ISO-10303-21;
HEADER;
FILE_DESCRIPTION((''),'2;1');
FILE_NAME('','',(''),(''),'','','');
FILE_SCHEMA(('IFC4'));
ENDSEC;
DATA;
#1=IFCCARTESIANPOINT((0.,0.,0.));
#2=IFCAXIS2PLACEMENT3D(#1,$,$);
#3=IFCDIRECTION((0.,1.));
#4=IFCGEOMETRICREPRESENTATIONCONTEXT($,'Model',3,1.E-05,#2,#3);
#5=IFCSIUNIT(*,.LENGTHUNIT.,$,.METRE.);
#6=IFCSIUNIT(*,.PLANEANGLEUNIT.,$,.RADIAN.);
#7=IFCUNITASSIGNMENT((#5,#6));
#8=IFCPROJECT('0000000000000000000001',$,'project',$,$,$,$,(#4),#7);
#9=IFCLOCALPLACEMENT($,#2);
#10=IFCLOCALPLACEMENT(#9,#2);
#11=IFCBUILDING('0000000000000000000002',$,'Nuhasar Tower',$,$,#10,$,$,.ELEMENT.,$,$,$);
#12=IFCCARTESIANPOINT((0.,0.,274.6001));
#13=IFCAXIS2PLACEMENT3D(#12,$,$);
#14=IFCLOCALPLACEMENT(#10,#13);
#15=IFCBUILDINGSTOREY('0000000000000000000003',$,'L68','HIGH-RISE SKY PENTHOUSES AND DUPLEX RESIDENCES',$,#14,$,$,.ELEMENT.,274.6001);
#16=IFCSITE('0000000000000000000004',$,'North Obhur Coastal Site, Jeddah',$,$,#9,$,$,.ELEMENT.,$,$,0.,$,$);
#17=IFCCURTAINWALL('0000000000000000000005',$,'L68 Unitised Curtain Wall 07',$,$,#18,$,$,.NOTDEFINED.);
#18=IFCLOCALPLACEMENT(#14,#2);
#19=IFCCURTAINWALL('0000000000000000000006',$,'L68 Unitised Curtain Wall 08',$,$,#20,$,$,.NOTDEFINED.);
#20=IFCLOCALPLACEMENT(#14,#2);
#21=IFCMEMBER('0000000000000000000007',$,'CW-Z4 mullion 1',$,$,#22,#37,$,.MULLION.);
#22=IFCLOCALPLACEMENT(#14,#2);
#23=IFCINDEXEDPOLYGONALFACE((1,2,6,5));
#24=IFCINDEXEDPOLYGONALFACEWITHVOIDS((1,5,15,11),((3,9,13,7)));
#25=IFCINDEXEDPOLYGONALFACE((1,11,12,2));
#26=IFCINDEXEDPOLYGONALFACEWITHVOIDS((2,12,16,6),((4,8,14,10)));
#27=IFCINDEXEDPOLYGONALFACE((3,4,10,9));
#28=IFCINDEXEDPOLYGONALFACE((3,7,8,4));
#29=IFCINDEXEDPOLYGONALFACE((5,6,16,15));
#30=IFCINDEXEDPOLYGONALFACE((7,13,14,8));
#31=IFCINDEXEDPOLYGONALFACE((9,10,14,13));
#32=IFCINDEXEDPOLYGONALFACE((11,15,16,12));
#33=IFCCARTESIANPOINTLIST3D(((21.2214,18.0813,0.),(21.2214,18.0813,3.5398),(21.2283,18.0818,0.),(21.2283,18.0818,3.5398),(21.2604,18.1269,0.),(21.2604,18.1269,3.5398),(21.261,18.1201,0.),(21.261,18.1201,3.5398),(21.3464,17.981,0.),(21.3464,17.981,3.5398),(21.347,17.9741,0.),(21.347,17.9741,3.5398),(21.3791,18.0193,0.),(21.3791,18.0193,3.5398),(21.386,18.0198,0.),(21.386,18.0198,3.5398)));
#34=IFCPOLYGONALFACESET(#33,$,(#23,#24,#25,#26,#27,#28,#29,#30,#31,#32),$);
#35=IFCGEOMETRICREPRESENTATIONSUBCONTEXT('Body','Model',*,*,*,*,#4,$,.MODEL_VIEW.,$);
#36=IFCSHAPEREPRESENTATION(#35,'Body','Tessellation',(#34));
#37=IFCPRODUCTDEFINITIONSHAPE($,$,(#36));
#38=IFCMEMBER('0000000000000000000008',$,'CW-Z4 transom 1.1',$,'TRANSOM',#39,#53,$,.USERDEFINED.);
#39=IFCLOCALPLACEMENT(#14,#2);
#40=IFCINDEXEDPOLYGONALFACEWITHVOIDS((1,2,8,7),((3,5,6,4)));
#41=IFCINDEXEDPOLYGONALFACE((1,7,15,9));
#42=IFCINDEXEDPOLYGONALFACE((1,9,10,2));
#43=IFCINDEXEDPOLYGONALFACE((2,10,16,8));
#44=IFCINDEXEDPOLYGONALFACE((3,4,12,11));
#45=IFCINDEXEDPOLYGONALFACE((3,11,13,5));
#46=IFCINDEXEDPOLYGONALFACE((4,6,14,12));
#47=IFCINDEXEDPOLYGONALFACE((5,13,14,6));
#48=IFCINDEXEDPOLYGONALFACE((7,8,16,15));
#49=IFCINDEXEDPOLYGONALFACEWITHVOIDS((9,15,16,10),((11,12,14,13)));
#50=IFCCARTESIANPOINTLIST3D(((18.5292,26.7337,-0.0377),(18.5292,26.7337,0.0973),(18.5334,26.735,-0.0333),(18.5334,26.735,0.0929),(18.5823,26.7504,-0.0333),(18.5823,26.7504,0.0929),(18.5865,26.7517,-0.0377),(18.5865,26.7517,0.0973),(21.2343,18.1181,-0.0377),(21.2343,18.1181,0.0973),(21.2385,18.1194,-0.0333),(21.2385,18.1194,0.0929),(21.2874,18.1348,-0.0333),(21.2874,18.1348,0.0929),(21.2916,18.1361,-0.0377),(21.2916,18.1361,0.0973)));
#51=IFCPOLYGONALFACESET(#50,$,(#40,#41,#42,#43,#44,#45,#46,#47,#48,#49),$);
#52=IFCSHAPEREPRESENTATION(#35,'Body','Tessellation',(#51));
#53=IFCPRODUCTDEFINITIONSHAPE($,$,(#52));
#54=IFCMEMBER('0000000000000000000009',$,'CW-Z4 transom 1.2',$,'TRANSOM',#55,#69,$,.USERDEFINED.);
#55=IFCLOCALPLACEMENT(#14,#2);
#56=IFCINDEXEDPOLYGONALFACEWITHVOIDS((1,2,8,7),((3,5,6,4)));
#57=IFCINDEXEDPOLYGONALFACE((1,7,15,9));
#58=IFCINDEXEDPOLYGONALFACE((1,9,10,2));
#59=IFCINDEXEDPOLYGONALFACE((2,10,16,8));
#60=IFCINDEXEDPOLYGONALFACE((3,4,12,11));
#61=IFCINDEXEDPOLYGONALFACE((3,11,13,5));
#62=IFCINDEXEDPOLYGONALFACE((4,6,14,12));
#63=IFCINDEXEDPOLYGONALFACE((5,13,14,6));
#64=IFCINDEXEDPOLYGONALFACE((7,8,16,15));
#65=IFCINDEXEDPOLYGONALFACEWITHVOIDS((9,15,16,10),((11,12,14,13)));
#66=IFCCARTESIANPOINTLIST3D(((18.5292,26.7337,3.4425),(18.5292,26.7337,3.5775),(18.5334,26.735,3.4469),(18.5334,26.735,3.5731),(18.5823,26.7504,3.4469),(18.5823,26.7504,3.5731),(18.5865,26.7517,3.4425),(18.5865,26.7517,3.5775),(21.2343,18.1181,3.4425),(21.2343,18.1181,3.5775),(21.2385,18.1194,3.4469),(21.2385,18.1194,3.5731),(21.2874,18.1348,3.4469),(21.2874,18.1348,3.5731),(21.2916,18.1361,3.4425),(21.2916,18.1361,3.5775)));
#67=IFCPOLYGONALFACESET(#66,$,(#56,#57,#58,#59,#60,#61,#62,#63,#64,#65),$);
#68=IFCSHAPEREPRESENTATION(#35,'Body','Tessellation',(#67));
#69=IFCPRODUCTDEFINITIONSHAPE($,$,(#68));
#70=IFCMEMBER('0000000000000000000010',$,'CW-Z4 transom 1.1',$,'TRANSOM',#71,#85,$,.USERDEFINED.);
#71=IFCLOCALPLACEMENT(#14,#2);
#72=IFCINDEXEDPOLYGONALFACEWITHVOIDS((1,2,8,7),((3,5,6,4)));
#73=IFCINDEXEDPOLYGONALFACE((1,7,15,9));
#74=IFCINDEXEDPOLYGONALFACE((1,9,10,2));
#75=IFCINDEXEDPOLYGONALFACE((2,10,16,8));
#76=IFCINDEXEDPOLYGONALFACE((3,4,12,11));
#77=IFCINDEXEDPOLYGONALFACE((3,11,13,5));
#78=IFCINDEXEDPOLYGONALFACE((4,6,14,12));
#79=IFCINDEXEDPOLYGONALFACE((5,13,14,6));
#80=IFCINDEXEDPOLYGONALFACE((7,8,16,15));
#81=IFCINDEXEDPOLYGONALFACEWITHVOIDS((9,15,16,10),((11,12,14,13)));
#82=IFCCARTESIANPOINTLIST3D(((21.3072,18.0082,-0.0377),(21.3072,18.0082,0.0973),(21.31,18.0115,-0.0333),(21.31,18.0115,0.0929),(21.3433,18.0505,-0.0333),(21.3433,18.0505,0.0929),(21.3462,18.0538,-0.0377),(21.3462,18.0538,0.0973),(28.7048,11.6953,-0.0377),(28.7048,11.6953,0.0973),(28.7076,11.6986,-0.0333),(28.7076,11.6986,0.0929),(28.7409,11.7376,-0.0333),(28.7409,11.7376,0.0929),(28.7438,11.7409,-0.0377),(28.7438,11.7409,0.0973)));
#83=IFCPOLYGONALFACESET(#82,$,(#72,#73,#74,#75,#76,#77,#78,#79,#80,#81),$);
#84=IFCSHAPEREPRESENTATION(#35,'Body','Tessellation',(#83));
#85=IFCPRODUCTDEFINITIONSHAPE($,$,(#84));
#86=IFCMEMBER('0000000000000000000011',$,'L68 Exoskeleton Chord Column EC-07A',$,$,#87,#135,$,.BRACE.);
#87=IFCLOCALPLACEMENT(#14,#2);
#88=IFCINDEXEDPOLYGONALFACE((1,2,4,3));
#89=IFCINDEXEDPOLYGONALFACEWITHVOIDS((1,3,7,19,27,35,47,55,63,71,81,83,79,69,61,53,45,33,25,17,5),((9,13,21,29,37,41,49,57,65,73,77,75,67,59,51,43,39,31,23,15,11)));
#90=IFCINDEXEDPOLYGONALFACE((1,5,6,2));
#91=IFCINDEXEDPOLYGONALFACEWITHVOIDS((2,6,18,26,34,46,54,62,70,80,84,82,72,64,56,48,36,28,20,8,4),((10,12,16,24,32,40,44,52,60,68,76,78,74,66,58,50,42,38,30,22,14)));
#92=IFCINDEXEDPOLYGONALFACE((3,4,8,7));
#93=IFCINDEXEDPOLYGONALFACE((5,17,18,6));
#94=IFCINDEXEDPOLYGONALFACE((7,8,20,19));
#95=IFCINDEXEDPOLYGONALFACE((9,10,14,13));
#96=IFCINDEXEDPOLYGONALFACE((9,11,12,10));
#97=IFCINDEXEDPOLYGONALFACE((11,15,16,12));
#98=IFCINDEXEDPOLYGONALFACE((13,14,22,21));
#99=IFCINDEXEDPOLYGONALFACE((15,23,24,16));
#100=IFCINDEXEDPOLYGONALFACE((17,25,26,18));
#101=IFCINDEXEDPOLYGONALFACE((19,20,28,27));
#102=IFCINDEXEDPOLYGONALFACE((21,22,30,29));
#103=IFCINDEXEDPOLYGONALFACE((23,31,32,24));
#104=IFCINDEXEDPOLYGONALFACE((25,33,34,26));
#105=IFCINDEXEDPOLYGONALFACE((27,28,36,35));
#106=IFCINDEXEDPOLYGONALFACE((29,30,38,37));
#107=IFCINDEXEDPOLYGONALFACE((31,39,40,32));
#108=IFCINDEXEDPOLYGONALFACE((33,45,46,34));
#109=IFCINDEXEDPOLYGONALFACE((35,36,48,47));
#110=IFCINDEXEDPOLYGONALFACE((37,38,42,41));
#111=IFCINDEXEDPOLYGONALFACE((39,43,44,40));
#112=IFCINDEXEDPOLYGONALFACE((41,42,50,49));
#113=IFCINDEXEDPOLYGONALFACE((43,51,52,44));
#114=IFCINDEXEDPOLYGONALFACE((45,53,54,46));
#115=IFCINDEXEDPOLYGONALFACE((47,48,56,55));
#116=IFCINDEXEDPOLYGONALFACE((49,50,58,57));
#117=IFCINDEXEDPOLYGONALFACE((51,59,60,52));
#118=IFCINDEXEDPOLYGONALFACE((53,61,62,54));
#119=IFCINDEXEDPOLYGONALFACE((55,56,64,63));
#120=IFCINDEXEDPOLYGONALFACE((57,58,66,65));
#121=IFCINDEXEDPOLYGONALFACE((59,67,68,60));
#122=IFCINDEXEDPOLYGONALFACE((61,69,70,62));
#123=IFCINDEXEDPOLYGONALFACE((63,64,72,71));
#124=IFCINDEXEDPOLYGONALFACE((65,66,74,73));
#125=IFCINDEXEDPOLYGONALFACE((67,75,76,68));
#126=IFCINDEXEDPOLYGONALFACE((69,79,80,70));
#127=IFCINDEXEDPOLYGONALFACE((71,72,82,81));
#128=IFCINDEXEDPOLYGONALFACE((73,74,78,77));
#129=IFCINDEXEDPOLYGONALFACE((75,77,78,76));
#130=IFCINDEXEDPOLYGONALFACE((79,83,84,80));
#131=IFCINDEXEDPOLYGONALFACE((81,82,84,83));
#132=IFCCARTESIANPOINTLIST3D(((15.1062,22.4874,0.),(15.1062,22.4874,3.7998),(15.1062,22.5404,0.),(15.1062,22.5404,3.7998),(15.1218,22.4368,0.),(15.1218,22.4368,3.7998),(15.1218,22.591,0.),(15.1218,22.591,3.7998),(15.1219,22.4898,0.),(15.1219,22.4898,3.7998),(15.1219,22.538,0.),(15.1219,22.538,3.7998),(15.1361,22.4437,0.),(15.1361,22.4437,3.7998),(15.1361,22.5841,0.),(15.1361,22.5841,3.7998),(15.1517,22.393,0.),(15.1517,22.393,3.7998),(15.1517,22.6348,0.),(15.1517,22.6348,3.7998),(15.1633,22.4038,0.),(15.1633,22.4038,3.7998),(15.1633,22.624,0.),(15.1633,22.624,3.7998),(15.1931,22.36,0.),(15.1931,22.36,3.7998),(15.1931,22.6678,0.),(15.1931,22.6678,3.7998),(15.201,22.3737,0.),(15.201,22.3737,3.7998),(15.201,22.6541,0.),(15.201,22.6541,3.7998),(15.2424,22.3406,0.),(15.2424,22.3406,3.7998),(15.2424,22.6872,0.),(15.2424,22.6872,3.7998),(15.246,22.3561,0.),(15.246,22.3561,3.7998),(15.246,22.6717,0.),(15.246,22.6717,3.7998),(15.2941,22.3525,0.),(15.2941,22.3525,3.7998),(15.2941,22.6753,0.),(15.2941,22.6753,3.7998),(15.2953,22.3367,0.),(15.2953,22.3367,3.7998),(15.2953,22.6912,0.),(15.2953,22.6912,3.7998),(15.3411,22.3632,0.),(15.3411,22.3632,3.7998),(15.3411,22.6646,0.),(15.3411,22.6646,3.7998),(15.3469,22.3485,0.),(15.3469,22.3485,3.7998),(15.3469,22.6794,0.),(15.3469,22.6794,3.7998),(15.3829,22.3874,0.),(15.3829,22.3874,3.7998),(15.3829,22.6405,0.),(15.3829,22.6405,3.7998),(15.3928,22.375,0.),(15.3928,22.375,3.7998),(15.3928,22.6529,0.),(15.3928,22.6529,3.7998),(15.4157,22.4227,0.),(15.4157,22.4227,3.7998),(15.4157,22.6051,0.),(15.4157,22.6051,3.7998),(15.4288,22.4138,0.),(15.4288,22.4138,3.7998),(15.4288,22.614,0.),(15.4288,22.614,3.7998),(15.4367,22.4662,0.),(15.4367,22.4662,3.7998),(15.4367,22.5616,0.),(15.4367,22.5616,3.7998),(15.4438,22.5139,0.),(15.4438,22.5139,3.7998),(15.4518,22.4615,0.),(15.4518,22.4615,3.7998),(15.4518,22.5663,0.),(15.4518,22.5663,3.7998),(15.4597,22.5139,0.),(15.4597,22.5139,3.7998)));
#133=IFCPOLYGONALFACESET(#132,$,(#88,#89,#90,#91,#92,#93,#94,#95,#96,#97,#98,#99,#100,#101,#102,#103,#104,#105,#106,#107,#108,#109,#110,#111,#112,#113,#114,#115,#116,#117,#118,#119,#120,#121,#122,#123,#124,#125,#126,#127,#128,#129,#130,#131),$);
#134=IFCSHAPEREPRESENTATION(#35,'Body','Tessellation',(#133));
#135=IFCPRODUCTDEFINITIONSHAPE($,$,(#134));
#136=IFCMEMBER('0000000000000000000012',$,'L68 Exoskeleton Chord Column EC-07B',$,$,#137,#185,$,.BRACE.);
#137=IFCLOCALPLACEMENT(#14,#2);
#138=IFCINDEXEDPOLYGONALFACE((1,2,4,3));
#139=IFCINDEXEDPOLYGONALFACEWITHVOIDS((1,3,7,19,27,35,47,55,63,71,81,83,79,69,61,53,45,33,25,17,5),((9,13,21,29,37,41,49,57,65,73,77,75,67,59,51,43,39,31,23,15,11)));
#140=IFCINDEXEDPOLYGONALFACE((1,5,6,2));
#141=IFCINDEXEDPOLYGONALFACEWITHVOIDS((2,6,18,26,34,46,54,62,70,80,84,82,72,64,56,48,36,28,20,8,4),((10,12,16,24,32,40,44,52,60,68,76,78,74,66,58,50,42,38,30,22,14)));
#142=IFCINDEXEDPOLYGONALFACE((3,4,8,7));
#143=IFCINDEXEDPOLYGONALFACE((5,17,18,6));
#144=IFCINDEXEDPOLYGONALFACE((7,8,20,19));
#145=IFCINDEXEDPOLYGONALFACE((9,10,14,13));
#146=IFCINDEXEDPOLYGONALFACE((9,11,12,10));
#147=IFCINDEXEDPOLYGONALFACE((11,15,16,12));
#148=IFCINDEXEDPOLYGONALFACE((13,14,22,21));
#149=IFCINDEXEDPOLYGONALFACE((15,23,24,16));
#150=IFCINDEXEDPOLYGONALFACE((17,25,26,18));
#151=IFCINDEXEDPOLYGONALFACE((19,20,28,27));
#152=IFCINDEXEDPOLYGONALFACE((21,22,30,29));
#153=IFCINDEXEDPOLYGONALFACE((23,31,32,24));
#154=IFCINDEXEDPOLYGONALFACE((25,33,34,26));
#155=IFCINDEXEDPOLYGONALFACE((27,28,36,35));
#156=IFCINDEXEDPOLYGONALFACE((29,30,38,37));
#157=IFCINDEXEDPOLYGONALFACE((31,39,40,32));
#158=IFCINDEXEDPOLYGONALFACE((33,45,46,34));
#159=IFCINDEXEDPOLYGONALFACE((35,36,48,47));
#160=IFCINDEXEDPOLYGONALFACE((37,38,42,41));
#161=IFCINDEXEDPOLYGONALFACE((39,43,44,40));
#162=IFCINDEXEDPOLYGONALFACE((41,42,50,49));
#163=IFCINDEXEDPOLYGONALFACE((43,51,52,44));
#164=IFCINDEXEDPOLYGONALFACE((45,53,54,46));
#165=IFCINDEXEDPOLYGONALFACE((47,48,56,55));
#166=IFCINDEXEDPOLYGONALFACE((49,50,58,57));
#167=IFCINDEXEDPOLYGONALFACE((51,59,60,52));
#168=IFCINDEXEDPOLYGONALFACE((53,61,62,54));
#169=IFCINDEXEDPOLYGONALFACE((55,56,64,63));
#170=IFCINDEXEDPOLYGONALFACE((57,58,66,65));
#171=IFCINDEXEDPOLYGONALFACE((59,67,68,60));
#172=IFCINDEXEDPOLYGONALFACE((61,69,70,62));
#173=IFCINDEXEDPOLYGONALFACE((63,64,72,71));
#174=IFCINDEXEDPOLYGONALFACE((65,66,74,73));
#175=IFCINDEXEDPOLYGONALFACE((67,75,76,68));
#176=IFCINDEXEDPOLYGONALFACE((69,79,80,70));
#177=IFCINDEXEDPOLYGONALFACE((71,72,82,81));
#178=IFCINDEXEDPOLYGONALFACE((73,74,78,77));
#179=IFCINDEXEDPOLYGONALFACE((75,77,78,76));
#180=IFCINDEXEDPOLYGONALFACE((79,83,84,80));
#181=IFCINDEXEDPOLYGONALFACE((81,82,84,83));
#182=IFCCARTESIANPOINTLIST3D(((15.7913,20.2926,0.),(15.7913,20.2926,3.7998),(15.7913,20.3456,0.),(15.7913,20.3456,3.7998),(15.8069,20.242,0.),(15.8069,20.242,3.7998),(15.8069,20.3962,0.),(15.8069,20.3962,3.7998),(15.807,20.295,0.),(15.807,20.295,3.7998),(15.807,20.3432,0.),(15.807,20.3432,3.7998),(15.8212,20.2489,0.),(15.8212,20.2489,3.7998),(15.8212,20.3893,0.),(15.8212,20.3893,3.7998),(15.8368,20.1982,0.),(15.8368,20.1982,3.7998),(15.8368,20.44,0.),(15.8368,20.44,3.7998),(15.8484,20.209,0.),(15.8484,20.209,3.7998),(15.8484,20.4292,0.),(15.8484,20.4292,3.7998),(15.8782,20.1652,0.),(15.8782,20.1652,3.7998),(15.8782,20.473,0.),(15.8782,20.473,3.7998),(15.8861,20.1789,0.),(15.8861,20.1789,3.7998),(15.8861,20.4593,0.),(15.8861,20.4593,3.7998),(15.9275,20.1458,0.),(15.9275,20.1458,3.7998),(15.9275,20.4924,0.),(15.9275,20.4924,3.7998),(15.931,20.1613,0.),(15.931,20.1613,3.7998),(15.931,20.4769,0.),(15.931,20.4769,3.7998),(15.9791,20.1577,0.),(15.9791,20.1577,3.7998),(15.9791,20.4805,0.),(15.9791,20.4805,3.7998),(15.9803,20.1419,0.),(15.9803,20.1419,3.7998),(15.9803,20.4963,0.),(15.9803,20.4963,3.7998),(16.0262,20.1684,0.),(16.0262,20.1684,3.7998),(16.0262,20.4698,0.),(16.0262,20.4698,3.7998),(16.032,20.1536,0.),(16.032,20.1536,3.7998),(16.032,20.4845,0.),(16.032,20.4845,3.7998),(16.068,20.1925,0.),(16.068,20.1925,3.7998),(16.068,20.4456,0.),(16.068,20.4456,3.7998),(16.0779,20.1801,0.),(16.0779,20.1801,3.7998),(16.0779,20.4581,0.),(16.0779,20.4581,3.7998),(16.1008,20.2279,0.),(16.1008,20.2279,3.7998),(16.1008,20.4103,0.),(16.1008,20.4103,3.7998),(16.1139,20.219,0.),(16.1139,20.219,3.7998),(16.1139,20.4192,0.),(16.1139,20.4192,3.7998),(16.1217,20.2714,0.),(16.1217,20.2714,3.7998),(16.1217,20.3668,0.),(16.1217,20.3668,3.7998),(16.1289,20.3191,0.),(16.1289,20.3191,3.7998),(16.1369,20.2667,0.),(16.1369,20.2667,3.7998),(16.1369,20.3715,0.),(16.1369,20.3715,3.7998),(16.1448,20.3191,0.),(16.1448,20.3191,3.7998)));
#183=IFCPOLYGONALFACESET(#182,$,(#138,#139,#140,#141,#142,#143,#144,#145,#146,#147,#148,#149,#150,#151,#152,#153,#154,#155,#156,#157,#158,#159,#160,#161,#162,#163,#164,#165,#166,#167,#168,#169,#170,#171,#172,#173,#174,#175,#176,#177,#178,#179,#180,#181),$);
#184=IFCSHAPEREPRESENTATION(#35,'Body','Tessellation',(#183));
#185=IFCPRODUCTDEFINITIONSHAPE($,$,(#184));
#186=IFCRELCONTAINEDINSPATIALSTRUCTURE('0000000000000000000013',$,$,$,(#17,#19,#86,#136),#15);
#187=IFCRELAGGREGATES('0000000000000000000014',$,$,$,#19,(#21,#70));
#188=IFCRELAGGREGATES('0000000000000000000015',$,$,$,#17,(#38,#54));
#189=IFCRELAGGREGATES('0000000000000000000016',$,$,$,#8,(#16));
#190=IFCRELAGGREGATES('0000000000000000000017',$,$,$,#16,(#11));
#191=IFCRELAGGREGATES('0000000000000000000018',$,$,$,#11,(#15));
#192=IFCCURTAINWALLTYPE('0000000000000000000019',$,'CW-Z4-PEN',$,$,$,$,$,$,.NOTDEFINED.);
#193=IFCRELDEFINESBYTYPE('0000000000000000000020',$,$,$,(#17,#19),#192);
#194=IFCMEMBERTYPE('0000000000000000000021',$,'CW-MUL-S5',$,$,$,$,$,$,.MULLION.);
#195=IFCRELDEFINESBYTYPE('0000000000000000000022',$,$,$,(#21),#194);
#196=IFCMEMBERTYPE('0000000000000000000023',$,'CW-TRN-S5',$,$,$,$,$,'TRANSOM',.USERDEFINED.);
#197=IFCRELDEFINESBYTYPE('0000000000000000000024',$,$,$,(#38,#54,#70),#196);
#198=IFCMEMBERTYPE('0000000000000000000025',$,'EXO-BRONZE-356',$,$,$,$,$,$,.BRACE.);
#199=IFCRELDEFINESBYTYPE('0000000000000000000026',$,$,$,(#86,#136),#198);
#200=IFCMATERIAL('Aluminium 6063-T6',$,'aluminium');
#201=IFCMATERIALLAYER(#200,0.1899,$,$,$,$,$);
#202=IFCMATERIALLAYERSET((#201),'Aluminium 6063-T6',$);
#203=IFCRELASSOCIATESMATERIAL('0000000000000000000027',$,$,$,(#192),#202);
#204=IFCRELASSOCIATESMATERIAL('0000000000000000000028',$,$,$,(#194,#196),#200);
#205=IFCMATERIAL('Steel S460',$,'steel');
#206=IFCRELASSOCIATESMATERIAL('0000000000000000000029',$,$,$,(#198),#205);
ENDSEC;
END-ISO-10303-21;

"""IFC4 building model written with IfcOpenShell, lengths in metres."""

from ifc_helpers import new_model, si_unit, direction, frame, origin, origin_2d, place, context, subcontext, project, spatial, hollow_rectangle, hollow_circle, extrude, material, layer, layer_set, material_profile, profile_set, type_object, element, aggregate, save


model = new_model("IFC4")

# Units and contexts
model_context = context("Model", 3, precision=1e-05, world=origin(), true_north=direction((0.0, 1.0)))
body_context = subcontext(model_context, "Body", "Model", "MODEL_VIEW")
ifc_project = project(units=[si_unit("LENGTHUNIT", "METRE"), si_unit("PLANEANGLEUNIT", "RADIAN")], contexts=[model_context])

# Site, building, storey
site_placement = place(None, origin())
site = spatial("IfcSite", under=ifc_project, at=site_placement, Name="North Obhur Coastal Site, Jeddah", CompositionType="ELEMENT", RefElevation=0.0)
building_placement = place(site_placement, origin())
building = spatial("IfcBuilding", under=site, at=building_placement, Name="Nuhasar Tower", CompositionType="ELEMENT")
storey_placement = place(building_placement, frame((0.0, 0.0, 274.6001)))
storey = spatial("IfcBuildingStorey", under=building, at=storey_placement, Name="L68", Description="HIGH-RISE SKY PENTHOUSES AND DUPLEX RESIDENCES", CompositionType="ELEMENT", Elevation=274.6001)

# Curtain wall
ifc_material_1 = material(Name="Aluminium 6063-T6", Category="aluminium")
ifc_layer_1 = layer(ifc_material_1, 0.1899)
ifc_layer_set_1 = layer_set([ifc_layer_1], Name="Aluminium 6063-T6")
curtain_wall_type = type_object("IfcCurtainWallType", Name="CW-Z4-PEN", PredefinedType="NOTDEFINED", material=ifc_layer_set_1)
curtain_wall_1_placement = place(storey_placement, origin())
curtain_wall_1 = element("IfcCurtainWall", 1, at=curtain_wall_1_placement, inside=storey, type_object=curtain_wall_type, Name="L68 Unitised Curtain Wall 07", PredefinedType="NOTDEFINED")
ifc_material_profile_1 = material_profile(ifc_material_1, hollow_rectangle(XDim=0.0601, YDim=0.165, WallThickness=0.0049, at=origin_2d()), Name="CWM-5")
ifc_profile_set_1 = profile_set([ifc_material_profile_1], Name="Aluminium 6063-T6")
member_type_1 = type_object("IfcMemberType", Name="CW-MUL-S5", PredefinedType="MULLION", material=ifc_profile_set_1)

# Curtain wall, member
curtain_wall_2_placement = place(storey_placement, origin())
curtain_wall_2 = element("IfcCurtainWall", 2, at=curtain_wall_2_placement, inside=storey, type_object=curtain_wall_type, Name="L68 Unitised Curtain Wall 08", PredefinedType="NOTDEFINED")
member_1_placement = place(storey_placement, frame((21.3037, 18.0505, 0.0), z_axis=(0.0, 0.0, 1.0), x_axis=(0.649142, 0.760667, 0.0)))
member_1 = element("IfcMember", 3, at=member_1_placement, type_object=member_type_1, Name="CW-Z4 mullion 1", PredefinedType="MULLION", context=body_context, shape_type="SweptSolid", body=[
    extrude(hollow_rectangle(XDim=0.0601, YDim=0.165, WallThickness=0.0049, at=origin_2d()), origin(), (0.0, 0.0, 1.0), 3.5398),
])

# Members
ifc_material_profile_2 = material_profile(ifc_material_1, hollow_rectangle(XDim=0.0601, YDim=0.135, WallThickness=0.0044, at=origin_2d()), Name="CWT-5")
ifc_profile_set_2 = profile_set([ifc_material_profile_2], Name="Aluminium 6063-T6")
member_type_2 = type_object("IfcMemberType", Name="CW-TRN-S5", ElementType="TRANSOM", PredefinedType="USERDEFINED", material=ifc_profile_set_2)
member_2_placement = place(storey_placement, frame((18.5579, 26.7427, 0.0298), z_axis=(0.29956, -0.954077, 0.0), x_axis=(0.954077, 0.29956, 0.0)))
member_2 = element("IfcMember", 4, at=member_2_placement, type_object=member_type_2, Name="CW-Z4 transom 1.1", ObjectType="TRANSOM", PredefinedType="USERDEFINED", context=body_context, shape_type="SweptSolid", body=[
    extrude(hollow_rectangle(XDim=0.0601, YDim=0.135, WallThickness=0.0044, at=origin_2d()), origin(), (0.0, 0.0, 1.0), 9.0303),
])
member_3_placement = place(storey_placement, frame((18.5579, 26.7427, 3.51), z_axis=(0.29956, -0.954077, 0.0), x_axis=(0.954077, 0.29956, 0.0)))
member_3 = element("IfcMember", 5, at=member_3_placement, type_object=member_type_2, Name="CW-Z4 transom 1.2", ObjectType="TRANSOM", PredefinedType="USERDEFINED", context=body_context, shape_type="SweptSolid", body=[
    extrude(hollow_rectangle(XDim=0.0601, YDim=0.135, WallThickness=0.0044, at=origin_2d()), origin(), (0.0, 0.0, 1.0), 9.0303),
])
member_4_placement = place(storey_placement, frame((21.3267, 18.031, 0.0298), z_axis=(0.760672, -0.649136, 0.0), x_axis=(0.649136, 0.760672, 0.0)))
member_4 = element("IfcMember", 6, at=member_4_placement, type_object=member_type_2, Name="CW-Z4 transom 1.1", ObjectType="TRANSOM", PredefinedType="USERDEFINED", context=body_context, shape_type="SweptSolid", body=[
    extrude(hollow_rectangle(XDim=0.0601, YDim=0.135, WallThickness=0.0044, at=origin_2d()), origin(), (0.0, 0.0, 1.0), 9.7251),
])
aggregate(curtain_wall_2, [member_1, member_4])

# Members
ifc_material_2 = material(Name="Steel S460", Category="steel")
ifc_material_profile_3 = material_profile(ifc_material_2, hollow_circle(Radius=0.1777, WallThickness=0.0159, at=origin_2d()), Name="HSS355.6X15.9")
ifc_profile_set_3 = profile_set([ifc_material_profile_3], Name="Steel S460")
member_type_3 = type_object("IfcMemberType", Name="EXO-BRONZE-356", PredefinedType="BRACE", material=ifc_profile_set_3)
for number, where, z_axis, x_axis, name in (
    (7, (15.282, 22.5139, 0.0), (0.0, 0.0, 1.0), (1.0, 0.0, 0.0), "L68 Exoskeleton Chord Column EC-07A"),
    (8, (15.967, 20.3191, 0.0), (0.0, 0.0, 1.0), (1.0, 0.0, 0.0), "L68 Exoskeleton Chord Column EC-07B"),
):
    element("IfcMember", number, at=place(storey_placement, frame(where, z_axis=z_axis, x_axis=x_axis)), inside=storey, type_object=member_type_3, Name=name, PredefinedType="BRACE", context=body_context, shape_type="SweptSolid", body=[
        extrude(hollow_circle(Radius=0.1777, WallThickness=0.0159, at=origin_2d()), origin(), (0.0, 0.0, 1.0), 3.7998),
    ])

aggregate(curtain_wall_1, [member_2, member_3])

save(model, "model.ifc")
